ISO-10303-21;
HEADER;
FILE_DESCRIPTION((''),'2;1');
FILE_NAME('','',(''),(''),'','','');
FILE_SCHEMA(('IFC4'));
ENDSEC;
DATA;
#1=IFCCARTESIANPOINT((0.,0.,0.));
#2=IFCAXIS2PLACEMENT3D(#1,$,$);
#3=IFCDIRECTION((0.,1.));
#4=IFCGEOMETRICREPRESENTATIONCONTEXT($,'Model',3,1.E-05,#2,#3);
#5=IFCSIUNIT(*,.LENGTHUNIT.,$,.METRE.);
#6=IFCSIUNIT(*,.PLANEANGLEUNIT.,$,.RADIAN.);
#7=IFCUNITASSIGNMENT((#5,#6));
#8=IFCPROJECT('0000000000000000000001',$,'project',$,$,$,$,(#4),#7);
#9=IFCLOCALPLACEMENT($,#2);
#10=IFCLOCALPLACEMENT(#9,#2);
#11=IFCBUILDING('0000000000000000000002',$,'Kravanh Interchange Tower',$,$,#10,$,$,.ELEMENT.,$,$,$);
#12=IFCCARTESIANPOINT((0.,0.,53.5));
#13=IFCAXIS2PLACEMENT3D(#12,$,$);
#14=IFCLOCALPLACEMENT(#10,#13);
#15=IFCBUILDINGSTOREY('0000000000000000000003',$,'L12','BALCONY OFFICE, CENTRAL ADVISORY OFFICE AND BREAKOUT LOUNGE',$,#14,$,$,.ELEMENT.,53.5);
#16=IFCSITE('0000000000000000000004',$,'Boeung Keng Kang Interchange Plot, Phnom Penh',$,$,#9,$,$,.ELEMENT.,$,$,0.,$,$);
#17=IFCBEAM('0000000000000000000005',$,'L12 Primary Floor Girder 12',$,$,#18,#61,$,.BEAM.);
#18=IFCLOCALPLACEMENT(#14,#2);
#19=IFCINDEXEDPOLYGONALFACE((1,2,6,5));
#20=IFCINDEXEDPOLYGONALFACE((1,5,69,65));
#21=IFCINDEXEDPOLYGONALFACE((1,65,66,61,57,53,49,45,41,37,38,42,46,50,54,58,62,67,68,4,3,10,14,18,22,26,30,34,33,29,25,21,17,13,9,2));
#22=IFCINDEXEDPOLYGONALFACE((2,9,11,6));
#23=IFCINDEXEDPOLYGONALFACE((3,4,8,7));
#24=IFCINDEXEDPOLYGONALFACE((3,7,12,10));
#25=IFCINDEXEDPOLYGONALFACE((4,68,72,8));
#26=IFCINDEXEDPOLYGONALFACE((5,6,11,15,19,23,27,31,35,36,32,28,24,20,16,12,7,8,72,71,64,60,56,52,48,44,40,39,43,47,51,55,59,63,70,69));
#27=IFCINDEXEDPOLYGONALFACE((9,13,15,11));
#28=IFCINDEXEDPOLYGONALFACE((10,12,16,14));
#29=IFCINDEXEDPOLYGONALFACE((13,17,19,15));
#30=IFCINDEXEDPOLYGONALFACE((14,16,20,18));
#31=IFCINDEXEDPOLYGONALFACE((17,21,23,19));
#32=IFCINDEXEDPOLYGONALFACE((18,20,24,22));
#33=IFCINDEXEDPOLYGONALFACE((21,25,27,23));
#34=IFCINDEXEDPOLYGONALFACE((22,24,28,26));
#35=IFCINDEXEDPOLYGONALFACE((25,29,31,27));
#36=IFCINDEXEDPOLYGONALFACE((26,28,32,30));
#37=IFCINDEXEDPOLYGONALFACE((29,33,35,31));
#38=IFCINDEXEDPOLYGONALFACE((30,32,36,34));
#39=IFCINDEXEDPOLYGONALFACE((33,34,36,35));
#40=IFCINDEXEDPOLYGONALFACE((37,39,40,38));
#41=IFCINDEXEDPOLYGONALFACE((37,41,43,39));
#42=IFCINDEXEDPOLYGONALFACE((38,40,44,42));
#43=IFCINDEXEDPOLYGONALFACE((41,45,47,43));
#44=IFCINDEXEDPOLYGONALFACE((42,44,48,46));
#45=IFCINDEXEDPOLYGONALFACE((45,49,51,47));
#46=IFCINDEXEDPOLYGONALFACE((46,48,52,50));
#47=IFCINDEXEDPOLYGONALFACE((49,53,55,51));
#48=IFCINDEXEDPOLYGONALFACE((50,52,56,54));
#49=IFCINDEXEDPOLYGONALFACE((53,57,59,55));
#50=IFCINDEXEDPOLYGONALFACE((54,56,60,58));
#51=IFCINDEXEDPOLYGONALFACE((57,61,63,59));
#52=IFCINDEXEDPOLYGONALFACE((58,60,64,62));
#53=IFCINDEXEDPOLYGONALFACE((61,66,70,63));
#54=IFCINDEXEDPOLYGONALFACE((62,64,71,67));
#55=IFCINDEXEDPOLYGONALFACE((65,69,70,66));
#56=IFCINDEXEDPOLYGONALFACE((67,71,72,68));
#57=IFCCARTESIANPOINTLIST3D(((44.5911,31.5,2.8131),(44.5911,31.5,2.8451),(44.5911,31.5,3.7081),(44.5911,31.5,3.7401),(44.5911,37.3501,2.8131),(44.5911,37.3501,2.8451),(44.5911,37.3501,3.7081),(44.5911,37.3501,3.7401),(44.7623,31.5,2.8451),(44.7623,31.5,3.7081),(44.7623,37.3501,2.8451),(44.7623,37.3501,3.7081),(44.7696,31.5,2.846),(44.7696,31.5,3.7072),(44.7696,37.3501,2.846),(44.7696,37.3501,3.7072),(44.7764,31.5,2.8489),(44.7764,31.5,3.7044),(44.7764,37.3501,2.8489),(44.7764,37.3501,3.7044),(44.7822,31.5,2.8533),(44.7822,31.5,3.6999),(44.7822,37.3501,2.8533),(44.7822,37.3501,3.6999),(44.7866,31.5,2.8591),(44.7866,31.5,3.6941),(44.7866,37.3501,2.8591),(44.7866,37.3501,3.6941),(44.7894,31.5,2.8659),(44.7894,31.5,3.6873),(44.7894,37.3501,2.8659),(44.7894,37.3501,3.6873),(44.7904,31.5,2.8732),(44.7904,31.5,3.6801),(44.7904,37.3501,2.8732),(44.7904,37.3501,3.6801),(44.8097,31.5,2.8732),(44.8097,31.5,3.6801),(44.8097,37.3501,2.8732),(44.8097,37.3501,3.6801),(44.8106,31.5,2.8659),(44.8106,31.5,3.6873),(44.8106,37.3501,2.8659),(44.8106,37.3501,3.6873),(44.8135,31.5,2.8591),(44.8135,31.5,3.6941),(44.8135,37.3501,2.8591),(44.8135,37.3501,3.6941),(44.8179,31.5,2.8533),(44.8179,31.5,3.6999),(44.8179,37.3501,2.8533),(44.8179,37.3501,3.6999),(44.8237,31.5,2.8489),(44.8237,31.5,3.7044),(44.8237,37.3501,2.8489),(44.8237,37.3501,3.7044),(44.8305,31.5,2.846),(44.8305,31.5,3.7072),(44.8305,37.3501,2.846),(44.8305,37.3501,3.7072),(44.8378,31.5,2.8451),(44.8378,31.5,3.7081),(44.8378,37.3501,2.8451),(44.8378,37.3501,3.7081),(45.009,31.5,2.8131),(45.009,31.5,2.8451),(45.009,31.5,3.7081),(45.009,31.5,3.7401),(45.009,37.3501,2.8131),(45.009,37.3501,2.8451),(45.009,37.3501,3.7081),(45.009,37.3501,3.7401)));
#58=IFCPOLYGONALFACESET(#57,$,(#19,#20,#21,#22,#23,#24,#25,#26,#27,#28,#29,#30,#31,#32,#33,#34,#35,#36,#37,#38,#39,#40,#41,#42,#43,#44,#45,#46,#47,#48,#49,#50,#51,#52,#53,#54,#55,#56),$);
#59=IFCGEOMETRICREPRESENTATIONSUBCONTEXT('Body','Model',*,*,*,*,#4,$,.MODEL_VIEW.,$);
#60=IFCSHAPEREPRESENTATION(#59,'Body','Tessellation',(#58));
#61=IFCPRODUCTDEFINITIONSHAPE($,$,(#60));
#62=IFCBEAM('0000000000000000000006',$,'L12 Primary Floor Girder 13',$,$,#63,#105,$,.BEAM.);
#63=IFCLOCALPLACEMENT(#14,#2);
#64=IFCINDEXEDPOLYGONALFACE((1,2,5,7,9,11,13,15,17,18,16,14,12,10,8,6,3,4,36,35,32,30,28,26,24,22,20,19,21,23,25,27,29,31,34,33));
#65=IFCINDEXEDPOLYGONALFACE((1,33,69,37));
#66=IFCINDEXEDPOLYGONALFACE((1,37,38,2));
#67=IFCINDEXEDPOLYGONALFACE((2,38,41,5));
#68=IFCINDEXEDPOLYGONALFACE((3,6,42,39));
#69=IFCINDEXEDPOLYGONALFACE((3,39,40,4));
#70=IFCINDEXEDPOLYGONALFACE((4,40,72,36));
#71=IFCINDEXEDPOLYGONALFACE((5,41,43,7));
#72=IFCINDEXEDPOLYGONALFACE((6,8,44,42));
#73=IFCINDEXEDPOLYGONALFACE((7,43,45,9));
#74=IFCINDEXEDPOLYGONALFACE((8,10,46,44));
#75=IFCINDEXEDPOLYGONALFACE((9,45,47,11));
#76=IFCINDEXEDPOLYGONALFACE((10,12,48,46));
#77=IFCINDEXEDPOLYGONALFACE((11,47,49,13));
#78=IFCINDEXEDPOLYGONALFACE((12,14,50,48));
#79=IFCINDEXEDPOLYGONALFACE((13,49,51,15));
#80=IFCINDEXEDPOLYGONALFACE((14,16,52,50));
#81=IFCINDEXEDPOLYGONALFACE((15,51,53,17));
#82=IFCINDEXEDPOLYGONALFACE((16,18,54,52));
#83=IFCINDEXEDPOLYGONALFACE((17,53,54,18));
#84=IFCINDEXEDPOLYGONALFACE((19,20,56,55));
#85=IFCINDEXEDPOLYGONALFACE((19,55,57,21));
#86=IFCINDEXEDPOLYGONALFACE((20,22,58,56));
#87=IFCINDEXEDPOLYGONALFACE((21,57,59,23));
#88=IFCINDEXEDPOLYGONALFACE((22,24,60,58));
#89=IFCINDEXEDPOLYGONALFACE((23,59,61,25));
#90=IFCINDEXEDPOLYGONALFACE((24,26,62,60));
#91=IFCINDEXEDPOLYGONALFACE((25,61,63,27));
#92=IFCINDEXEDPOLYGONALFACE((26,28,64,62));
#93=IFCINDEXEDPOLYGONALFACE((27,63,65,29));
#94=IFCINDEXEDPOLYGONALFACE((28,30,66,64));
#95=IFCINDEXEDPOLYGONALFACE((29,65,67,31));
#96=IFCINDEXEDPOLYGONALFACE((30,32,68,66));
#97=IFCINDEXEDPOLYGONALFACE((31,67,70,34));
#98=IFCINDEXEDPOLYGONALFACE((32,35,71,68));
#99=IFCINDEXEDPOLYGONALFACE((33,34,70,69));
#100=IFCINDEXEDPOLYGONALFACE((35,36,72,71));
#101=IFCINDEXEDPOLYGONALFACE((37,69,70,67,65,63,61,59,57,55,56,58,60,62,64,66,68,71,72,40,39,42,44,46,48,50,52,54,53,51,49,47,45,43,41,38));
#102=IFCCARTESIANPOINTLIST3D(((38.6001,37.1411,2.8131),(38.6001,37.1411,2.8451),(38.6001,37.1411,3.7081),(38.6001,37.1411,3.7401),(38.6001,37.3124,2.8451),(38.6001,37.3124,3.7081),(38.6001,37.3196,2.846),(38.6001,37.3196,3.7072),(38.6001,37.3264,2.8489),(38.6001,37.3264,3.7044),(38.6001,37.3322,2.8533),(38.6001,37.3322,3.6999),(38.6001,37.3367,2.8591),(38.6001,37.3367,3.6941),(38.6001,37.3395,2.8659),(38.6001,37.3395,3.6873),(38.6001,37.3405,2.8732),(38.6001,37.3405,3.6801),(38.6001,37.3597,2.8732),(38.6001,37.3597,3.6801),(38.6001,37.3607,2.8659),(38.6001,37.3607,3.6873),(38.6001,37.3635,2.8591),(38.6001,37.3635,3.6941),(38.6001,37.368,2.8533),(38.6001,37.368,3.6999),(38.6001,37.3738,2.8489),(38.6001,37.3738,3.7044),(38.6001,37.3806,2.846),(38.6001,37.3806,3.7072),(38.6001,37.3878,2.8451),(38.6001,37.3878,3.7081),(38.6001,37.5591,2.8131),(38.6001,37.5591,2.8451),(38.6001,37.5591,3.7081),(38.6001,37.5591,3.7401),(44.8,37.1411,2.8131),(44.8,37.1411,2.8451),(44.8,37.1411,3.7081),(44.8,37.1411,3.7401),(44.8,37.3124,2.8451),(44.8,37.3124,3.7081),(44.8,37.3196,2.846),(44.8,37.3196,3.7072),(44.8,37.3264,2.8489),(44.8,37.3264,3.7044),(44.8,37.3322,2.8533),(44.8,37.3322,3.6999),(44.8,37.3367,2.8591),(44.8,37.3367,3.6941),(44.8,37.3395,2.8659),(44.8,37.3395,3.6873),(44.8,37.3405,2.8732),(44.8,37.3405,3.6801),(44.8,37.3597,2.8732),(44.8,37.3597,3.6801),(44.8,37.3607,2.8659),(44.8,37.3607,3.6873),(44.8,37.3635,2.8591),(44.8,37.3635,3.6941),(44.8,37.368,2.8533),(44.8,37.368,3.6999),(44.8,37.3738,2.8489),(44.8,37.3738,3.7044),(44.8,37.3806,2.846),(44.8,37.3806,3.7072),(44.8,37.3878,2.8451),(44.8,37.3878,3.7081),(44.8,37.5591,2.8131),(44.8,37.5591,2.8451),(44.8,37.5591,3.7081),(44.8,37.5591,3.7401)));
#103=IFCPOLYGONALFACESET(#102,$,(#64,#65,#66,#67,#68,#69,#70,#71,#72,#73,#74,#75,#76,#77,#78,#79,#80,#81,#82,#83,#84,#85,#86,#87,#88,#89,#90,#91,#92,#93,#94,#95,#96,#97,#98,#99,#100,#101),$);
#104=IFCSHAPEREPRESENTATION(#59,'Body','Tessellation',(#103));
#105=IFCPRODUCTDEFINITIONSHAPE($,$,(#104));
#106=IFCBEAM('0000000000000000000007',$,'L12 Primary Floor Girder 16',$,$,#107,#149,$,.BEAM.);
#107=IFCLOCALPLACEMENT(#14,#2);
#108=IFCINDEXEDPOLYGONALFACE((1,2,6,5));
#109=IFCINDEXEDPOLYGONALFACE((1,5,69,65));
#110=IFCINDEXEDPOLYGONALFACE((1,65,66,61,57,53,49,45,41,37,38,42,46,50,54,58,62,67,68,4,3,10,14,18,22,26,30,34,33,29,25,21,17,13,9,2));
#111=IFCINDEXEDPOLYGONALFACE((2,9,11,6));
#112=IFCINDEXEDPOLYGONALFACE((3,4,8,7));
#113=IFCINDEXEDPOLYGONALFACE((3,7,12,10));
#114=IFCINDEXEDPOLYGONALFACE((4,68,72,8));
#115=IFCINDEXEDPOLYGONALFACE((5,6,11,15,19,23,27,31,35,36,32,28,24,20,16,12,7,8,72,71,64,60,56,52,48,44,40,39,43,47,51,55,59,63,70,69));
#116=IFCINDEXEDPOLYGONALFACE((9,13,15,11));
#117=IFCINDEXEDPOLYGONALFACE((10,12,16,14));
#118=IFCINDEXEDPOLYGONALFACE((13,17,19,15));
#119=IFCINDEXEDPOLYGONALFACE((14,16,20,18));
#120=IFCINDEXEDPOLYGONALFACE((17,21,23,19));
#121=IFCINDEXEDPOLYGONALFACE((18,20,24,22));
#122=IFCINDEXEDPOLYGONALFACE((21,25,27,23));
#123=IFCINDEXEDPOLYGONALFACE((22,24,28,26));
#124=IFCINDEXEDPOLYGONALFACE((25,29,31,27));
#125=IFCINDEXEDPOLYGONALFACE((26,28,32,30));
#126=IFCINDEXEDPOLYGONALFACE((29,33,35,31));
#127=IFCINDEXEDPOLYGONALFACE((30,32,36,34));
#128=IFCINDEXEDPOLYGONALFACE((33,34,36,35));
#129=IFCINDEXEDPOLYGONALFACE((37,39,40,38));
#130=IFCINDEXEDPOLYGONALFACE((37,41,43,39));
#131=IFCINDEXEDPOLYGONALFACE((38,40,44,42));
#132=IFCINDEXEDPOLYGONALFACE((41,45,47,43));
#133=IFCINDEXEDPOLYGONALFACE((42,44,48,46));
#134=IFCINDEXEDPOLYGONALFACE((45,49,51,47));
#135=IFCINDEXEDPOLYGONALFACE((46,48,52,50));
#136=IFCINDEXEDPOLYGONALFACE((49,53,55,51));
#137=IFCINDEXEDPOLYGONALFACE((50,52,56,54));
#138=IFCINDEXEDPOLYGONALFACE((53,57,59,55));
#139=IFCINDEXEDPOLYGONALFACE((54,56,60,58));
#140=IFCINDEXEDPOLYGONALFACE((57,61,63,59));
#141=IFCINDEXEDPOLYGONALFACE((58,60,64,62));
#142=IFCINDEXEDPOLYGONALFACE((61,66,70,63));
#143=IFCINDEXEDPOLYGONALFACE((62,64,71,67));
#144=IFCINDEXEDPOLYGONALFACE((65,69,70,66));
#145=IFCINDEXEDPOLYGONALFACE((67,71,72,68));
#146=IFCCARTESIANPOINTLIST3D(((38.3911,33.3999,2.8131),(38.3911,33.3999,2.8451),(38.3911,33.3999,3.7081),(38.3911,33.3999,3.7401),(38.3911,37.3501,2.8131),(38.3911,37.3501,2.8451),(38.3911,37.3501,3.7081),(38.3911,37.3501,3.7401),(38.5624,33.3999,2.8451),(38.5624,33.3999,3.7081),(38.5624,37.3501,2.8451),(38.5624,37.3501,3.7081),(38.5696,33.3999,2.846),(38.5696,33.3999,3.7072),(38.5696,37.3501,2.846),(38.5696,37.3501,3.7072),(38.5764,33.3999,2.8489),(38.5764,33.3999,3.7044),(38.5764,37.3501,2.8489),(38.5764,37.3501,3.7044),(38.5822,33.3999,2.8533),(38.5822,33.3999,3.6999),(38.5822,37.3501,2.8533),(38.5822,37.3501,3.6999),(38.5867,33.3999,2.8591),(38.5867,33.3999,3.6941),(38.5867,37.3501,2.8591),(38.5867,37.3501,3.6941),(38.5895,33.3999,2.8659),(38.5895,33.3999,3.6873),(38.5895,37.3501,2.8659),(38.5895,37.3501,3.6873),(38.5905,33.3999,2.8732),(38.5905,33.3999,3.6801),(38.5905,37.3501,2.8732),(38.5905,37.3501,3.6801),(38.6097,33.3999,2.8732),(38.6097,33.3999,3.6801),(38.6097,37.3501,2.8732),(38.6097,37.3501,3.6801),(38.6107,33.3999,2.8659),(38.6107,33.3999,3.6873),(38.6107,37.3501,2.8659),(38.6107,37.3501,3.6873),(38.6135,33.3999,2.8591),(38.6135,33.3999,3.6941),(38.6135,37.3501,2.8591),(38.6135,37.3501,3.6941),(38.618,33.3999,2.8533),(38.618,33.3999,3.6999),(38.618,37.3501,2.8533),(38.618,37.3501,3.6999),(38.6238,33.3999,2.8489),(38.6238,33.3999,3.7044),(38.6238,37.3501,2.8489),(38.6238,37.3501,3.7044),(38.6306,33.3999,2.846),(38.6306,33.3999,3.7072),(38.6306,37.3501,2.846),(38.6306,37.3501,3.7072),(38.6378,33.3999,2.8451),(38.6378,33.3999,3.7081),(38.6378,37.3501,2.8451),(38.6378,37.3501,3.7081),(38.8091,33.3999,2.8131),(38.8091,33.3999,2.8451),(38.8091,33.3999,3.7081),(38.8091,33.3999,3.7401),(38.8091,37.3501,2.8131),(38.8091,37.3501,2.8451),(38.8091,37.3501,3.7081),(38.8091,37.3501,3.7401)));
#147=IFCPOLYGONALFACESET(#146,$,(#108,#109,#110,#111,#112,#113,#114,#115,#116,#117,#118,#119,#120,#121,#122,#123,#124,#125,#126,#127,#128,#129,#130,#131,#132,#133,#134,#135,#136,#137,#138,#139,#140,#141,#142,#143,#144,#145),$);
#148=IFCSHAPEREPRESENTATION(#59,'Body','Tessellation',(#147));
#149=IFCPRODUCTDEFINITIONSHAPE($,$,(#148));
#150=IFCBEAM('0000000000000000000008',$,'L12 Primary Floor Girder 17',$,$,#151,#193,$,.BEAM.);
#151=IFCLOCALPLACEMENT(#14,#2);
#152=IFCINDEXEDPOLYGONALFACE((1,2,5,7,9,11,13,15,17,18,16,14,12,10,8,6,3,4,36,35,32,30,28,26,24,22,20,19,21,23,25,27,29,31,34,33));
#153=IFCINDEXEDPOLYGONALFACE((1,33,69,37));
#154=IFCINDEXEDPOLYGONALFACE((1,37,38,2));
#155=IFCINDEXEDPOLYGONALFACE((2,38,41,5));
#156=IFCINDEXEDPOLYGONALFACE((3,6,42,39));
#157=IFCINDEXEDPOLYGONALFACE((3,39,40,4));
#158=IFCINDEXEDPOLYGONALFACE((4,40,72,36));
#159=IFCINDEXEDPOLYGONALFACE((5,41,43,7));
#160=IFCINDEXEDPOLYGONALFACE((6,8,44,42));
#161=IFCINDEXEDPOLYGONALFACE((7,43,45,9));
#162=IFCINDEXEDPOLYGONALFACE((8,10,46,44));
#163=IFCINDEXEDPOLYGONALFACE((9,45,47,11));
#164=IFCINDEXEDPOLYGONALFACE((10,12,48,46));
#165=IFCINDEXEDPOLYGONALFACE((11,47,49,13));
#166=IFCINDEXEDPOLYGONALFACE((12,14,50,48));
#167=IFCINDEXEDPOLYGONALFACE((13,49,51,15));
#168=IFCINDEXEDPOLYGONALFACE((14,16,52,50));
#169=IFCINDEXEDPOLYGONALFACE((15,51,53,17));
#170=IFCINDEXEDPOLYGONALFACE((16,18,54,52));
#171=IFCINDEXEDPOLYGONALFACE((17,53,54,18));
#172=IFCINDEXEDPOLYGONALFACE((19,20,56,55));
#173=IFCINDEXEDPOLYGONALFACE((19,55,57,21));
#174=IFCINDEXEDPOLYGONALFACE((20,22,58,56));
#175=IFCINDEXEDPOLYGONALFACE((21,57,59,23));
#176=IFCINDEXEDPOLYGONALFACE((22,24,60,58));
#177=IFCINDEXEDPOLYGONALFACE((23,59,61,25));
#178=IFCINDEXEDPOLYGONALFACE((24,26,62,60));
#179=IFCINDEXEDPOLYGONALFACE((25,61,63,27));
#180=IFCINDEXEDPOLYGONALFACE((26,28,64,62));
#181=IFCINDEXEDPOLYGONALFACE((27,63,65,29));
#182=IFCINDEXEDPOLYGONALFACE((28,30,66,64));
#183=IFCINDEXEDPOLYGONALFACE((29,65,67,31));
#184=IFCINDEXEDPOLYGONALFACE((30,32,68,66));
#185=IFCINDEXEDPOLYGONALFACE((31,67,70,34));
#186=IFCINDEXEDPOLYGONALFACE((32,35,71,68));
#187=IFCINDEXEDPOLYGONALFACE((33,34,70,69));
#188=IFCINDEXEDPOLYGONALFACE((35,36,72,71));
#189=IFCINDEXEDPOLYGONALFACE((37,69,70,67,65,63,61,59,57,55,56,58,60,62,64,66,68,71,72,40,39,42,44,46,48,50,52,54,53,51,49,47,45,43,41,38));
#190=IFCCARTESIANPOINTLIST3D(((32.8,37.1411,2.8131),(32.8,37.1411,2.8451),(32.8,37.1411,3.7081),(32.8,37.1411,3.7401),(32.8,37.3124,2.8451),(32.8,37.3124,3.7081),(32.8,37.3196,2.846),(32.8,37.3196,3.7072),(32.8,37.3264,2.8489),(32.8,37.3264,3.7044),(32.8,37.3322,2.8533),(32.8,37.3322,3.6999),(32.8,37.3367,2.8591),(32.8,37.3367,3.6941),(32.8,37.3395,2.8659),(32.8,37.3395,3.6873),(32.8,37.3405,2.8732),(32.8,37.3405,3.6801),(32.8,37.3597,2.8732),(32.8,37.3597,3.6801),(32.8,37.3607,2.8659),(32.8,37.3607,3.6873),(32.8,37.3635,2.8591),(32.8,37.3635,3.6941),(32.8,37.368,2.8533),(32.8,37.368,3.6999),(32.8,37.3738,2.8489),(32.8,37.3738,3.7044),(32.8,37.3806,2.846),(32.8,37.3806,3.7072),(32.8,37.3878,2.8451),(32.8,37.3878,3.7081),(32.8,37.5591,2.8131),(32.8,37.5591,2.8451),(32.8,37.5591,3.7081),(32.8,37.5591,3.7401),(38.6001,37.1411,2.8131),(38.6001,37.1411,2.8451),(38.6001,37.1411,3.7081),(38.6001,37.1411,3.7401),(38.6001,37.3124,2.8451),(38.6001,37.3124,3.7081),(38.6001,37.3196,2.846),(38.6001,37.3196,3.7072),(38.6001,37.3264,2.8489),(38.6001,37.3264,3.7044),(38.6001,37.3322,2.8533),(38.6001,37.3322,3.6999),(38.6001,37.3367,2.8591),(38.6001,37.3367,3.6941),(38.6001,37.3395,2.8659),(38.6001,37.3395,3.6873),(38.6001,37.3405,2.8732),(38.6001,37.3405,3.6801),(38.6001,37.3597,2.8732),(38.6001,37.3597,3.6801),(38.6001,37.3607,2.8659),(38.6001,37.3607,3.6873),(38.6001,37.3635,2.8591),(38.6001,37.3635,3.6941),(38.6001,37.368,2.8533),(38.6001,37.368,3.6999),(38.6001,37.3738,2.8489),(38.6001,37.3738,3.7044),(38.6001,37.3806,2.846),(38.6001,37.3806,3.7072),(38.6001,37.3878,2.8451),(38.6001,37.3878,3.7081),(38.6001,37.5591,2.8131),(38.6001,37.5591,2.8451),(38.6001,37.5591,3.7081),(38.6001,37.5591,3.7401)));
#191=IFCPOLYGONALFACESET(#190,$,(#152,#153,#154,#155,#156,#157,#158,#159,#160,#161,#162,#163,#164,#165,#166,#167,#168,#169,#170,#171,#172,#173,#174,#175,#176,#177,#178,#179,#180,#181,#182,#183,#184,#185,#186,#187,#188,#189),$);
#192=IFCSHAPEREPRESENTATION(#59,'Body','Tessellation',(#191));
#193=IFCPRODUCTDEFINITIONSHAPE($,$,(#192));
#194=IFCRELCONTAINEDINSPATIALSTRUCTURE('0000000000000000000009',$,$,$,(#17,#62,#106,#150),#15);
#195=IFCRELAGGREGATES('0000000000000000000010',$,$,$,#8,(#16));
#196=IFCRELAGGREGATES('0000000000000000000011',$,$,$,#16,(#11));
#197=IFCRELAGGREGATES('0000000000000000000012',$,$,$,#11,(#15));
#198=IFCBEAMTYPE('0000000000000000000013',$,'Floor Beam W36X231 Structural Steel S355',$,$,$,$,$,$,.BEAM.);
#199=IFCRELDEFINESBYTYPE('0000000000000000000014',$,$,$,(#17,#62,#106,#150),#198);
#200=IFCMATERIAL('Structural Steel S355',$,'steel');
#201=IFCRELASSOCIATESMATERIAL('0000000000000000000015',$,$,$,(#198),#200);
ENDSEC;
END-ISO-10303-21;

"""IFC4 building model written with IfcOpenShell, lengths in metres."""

from ifc_helpers import new_model, si_unit, direction, frame, origin, origin_2d, place, context, subcontext, project, spatial, i_section, extrude, material, material_profile, profile_set, type_object, element, save


model = new_model("IFC4")

# Units and contexts
model_context = context("Model", 3, precision=1e-05, world=origin(), true_north=direction((0.0, 1.0)))
body_context = subcontext(model_context, "Body", "Model", "MODEL_VIEW")
ifc_project = project(units=[si_unit("LENGTHUNIT", "METRE"), si_unit("PLANEANGLEUNIT", "RADIAN")], contexts=[model_context])

# Site, building, storey
site_placement = place(None, origin())
site = spatial("IfcSite", under=ifc_project, at=site_placement, Name="Boeung Keng Kang Interchange Plot, Phnom Penh", CompositionType="ELEMENT", RefElevation=0.0)
building_placement = place(site_placement, origin())
building = spatial("IfcBuilding", under=site, at=building_placement, Name="Kravanh Interchange Tower", CompositionType="ELEMENT")
storey_placement = place(building_placement, frame((0.0, 0.0, 53.5)))
storey = spatial("IfcBuildingStorey", under=building, at=storey_placement, Name="L12", Description="BALCONY OFFICE, CENTRAL ADVISORY OFFICE AND BREAKOUT LOUNGE", CompositionType="ELEMENT", Elevation=53.5)

# Beams
ifc_material_1 = material(Name="Structural Steel S355", Category="steel")
ifc_material_profile_1 = material_profile(ifc_material_1, i_section(OverallWidth=0.418, OverallDepth=0.927, WebThickness=0.0193, FlangeThickness=0.032, FilletRadius=0.0281, at=origin_2d()), Name="W36X231")
ifc_profile_set_1 = profile_set([ifc_material_profile_1], Name="Structural Steel S355")
beam_type_1 = type_object("IfcBeamType", Name="Floor Beam W36X231 Structural Steel S355", PredefinedType="BEAM", material=ifc_profile_set_1)
beam_1_placement = place(storey_placement, frame((44.8, 37.3501, 3.2766), z_axis=(0.0, -1.0, 0.0), x_axis=(1.0, 0.0, 0.0)))
element("IfcBeam", 1, at=beam_1_placement, inside=storey, type_object=beam_type_1, Name="L12 Primary Floor Girder 12", PredefinedType="BEAM", context=body_context, shape_type="SweptSolid", body=[
    extrude(i_section(OverallWidth=0.418, OverallDepth=0.927, WebThickness=0.0193, FlangeThickness=0.032, FilletRadius=0.0281, at=origin_2d()), origin(), (0.0, 0.0, 1.0), 5.8501),
])
beam_2_placement = place(storey_placement, frame((44.8, 37.3501, 3.2766), z_axis=(-1.0, 0.0, 0.0), x_axis=(0.0, -1.0, 0.0)))
element("IfcBeam", 2, at=beam_2_placement, inside=storey, type_object=beam_type_1, Name="L12 Primary Floor Girder 13", PredefinedType="BEAM", context=body_context, shape_type="SweptSolid", body=[
    extrude(i_section(OverallWidth=0.418, OverallDepth=0.927, WebThickness=0.0193, FlangeThickness=0.032, FilletRadius=0.0281, at=origin_2d()), origin(), (0.0, 0.0, 1.0), 6.2),
])
beam_3_placement = place(storey_placement, frame((38.6001, 37.3501, 3.2766), z_axis=(0.0, -1.0, 0.0), x_axis=(1.0, 0.0, 0.0)))
element("IfcBeam", 3, at=beam_3_placement, inside=storey, type_object=beam_type_1, Name="L12 Primary Floor Girder 16", PredefinedType="BEAM", context=body_context, shape_type="SweptSolid", body=[
    extrude(i_section(OverallWidth=0.418, OverallDepth=0.927, WebThickness=0.0193, FlangeThickness=0.032, FilletRadius=0.0281, at=origin_2d()), origin(), (0.0, 0.0, 1.0), 3.9502),
])
beam_4_placement = place(storey_placement, frame((38.6001, 37.3501, 3.2766), z_axis=(-1.0, 0.0, 0.0), x_axis=(0.0, -1.0, 0.0)))
element("IfcBeam", 4, at=beam_4_placement, inside=storey, type_object=beam_type_1, Name="L12 Primary Floor Girder 17", PredefinedType="BEAM", context=body_context, shape_type="SweptSolid", body=[
    extrude(i_section(OverallWidth=0.418, OverallDepth=0.927, WebThickness=0.0193, FlangeThickness=0.032, FilletRadius=0.0281, at=origin_2d()), origin(), (0.0, 0.0, 1.0), 5.8),
])

save(model, "model.ifc")
